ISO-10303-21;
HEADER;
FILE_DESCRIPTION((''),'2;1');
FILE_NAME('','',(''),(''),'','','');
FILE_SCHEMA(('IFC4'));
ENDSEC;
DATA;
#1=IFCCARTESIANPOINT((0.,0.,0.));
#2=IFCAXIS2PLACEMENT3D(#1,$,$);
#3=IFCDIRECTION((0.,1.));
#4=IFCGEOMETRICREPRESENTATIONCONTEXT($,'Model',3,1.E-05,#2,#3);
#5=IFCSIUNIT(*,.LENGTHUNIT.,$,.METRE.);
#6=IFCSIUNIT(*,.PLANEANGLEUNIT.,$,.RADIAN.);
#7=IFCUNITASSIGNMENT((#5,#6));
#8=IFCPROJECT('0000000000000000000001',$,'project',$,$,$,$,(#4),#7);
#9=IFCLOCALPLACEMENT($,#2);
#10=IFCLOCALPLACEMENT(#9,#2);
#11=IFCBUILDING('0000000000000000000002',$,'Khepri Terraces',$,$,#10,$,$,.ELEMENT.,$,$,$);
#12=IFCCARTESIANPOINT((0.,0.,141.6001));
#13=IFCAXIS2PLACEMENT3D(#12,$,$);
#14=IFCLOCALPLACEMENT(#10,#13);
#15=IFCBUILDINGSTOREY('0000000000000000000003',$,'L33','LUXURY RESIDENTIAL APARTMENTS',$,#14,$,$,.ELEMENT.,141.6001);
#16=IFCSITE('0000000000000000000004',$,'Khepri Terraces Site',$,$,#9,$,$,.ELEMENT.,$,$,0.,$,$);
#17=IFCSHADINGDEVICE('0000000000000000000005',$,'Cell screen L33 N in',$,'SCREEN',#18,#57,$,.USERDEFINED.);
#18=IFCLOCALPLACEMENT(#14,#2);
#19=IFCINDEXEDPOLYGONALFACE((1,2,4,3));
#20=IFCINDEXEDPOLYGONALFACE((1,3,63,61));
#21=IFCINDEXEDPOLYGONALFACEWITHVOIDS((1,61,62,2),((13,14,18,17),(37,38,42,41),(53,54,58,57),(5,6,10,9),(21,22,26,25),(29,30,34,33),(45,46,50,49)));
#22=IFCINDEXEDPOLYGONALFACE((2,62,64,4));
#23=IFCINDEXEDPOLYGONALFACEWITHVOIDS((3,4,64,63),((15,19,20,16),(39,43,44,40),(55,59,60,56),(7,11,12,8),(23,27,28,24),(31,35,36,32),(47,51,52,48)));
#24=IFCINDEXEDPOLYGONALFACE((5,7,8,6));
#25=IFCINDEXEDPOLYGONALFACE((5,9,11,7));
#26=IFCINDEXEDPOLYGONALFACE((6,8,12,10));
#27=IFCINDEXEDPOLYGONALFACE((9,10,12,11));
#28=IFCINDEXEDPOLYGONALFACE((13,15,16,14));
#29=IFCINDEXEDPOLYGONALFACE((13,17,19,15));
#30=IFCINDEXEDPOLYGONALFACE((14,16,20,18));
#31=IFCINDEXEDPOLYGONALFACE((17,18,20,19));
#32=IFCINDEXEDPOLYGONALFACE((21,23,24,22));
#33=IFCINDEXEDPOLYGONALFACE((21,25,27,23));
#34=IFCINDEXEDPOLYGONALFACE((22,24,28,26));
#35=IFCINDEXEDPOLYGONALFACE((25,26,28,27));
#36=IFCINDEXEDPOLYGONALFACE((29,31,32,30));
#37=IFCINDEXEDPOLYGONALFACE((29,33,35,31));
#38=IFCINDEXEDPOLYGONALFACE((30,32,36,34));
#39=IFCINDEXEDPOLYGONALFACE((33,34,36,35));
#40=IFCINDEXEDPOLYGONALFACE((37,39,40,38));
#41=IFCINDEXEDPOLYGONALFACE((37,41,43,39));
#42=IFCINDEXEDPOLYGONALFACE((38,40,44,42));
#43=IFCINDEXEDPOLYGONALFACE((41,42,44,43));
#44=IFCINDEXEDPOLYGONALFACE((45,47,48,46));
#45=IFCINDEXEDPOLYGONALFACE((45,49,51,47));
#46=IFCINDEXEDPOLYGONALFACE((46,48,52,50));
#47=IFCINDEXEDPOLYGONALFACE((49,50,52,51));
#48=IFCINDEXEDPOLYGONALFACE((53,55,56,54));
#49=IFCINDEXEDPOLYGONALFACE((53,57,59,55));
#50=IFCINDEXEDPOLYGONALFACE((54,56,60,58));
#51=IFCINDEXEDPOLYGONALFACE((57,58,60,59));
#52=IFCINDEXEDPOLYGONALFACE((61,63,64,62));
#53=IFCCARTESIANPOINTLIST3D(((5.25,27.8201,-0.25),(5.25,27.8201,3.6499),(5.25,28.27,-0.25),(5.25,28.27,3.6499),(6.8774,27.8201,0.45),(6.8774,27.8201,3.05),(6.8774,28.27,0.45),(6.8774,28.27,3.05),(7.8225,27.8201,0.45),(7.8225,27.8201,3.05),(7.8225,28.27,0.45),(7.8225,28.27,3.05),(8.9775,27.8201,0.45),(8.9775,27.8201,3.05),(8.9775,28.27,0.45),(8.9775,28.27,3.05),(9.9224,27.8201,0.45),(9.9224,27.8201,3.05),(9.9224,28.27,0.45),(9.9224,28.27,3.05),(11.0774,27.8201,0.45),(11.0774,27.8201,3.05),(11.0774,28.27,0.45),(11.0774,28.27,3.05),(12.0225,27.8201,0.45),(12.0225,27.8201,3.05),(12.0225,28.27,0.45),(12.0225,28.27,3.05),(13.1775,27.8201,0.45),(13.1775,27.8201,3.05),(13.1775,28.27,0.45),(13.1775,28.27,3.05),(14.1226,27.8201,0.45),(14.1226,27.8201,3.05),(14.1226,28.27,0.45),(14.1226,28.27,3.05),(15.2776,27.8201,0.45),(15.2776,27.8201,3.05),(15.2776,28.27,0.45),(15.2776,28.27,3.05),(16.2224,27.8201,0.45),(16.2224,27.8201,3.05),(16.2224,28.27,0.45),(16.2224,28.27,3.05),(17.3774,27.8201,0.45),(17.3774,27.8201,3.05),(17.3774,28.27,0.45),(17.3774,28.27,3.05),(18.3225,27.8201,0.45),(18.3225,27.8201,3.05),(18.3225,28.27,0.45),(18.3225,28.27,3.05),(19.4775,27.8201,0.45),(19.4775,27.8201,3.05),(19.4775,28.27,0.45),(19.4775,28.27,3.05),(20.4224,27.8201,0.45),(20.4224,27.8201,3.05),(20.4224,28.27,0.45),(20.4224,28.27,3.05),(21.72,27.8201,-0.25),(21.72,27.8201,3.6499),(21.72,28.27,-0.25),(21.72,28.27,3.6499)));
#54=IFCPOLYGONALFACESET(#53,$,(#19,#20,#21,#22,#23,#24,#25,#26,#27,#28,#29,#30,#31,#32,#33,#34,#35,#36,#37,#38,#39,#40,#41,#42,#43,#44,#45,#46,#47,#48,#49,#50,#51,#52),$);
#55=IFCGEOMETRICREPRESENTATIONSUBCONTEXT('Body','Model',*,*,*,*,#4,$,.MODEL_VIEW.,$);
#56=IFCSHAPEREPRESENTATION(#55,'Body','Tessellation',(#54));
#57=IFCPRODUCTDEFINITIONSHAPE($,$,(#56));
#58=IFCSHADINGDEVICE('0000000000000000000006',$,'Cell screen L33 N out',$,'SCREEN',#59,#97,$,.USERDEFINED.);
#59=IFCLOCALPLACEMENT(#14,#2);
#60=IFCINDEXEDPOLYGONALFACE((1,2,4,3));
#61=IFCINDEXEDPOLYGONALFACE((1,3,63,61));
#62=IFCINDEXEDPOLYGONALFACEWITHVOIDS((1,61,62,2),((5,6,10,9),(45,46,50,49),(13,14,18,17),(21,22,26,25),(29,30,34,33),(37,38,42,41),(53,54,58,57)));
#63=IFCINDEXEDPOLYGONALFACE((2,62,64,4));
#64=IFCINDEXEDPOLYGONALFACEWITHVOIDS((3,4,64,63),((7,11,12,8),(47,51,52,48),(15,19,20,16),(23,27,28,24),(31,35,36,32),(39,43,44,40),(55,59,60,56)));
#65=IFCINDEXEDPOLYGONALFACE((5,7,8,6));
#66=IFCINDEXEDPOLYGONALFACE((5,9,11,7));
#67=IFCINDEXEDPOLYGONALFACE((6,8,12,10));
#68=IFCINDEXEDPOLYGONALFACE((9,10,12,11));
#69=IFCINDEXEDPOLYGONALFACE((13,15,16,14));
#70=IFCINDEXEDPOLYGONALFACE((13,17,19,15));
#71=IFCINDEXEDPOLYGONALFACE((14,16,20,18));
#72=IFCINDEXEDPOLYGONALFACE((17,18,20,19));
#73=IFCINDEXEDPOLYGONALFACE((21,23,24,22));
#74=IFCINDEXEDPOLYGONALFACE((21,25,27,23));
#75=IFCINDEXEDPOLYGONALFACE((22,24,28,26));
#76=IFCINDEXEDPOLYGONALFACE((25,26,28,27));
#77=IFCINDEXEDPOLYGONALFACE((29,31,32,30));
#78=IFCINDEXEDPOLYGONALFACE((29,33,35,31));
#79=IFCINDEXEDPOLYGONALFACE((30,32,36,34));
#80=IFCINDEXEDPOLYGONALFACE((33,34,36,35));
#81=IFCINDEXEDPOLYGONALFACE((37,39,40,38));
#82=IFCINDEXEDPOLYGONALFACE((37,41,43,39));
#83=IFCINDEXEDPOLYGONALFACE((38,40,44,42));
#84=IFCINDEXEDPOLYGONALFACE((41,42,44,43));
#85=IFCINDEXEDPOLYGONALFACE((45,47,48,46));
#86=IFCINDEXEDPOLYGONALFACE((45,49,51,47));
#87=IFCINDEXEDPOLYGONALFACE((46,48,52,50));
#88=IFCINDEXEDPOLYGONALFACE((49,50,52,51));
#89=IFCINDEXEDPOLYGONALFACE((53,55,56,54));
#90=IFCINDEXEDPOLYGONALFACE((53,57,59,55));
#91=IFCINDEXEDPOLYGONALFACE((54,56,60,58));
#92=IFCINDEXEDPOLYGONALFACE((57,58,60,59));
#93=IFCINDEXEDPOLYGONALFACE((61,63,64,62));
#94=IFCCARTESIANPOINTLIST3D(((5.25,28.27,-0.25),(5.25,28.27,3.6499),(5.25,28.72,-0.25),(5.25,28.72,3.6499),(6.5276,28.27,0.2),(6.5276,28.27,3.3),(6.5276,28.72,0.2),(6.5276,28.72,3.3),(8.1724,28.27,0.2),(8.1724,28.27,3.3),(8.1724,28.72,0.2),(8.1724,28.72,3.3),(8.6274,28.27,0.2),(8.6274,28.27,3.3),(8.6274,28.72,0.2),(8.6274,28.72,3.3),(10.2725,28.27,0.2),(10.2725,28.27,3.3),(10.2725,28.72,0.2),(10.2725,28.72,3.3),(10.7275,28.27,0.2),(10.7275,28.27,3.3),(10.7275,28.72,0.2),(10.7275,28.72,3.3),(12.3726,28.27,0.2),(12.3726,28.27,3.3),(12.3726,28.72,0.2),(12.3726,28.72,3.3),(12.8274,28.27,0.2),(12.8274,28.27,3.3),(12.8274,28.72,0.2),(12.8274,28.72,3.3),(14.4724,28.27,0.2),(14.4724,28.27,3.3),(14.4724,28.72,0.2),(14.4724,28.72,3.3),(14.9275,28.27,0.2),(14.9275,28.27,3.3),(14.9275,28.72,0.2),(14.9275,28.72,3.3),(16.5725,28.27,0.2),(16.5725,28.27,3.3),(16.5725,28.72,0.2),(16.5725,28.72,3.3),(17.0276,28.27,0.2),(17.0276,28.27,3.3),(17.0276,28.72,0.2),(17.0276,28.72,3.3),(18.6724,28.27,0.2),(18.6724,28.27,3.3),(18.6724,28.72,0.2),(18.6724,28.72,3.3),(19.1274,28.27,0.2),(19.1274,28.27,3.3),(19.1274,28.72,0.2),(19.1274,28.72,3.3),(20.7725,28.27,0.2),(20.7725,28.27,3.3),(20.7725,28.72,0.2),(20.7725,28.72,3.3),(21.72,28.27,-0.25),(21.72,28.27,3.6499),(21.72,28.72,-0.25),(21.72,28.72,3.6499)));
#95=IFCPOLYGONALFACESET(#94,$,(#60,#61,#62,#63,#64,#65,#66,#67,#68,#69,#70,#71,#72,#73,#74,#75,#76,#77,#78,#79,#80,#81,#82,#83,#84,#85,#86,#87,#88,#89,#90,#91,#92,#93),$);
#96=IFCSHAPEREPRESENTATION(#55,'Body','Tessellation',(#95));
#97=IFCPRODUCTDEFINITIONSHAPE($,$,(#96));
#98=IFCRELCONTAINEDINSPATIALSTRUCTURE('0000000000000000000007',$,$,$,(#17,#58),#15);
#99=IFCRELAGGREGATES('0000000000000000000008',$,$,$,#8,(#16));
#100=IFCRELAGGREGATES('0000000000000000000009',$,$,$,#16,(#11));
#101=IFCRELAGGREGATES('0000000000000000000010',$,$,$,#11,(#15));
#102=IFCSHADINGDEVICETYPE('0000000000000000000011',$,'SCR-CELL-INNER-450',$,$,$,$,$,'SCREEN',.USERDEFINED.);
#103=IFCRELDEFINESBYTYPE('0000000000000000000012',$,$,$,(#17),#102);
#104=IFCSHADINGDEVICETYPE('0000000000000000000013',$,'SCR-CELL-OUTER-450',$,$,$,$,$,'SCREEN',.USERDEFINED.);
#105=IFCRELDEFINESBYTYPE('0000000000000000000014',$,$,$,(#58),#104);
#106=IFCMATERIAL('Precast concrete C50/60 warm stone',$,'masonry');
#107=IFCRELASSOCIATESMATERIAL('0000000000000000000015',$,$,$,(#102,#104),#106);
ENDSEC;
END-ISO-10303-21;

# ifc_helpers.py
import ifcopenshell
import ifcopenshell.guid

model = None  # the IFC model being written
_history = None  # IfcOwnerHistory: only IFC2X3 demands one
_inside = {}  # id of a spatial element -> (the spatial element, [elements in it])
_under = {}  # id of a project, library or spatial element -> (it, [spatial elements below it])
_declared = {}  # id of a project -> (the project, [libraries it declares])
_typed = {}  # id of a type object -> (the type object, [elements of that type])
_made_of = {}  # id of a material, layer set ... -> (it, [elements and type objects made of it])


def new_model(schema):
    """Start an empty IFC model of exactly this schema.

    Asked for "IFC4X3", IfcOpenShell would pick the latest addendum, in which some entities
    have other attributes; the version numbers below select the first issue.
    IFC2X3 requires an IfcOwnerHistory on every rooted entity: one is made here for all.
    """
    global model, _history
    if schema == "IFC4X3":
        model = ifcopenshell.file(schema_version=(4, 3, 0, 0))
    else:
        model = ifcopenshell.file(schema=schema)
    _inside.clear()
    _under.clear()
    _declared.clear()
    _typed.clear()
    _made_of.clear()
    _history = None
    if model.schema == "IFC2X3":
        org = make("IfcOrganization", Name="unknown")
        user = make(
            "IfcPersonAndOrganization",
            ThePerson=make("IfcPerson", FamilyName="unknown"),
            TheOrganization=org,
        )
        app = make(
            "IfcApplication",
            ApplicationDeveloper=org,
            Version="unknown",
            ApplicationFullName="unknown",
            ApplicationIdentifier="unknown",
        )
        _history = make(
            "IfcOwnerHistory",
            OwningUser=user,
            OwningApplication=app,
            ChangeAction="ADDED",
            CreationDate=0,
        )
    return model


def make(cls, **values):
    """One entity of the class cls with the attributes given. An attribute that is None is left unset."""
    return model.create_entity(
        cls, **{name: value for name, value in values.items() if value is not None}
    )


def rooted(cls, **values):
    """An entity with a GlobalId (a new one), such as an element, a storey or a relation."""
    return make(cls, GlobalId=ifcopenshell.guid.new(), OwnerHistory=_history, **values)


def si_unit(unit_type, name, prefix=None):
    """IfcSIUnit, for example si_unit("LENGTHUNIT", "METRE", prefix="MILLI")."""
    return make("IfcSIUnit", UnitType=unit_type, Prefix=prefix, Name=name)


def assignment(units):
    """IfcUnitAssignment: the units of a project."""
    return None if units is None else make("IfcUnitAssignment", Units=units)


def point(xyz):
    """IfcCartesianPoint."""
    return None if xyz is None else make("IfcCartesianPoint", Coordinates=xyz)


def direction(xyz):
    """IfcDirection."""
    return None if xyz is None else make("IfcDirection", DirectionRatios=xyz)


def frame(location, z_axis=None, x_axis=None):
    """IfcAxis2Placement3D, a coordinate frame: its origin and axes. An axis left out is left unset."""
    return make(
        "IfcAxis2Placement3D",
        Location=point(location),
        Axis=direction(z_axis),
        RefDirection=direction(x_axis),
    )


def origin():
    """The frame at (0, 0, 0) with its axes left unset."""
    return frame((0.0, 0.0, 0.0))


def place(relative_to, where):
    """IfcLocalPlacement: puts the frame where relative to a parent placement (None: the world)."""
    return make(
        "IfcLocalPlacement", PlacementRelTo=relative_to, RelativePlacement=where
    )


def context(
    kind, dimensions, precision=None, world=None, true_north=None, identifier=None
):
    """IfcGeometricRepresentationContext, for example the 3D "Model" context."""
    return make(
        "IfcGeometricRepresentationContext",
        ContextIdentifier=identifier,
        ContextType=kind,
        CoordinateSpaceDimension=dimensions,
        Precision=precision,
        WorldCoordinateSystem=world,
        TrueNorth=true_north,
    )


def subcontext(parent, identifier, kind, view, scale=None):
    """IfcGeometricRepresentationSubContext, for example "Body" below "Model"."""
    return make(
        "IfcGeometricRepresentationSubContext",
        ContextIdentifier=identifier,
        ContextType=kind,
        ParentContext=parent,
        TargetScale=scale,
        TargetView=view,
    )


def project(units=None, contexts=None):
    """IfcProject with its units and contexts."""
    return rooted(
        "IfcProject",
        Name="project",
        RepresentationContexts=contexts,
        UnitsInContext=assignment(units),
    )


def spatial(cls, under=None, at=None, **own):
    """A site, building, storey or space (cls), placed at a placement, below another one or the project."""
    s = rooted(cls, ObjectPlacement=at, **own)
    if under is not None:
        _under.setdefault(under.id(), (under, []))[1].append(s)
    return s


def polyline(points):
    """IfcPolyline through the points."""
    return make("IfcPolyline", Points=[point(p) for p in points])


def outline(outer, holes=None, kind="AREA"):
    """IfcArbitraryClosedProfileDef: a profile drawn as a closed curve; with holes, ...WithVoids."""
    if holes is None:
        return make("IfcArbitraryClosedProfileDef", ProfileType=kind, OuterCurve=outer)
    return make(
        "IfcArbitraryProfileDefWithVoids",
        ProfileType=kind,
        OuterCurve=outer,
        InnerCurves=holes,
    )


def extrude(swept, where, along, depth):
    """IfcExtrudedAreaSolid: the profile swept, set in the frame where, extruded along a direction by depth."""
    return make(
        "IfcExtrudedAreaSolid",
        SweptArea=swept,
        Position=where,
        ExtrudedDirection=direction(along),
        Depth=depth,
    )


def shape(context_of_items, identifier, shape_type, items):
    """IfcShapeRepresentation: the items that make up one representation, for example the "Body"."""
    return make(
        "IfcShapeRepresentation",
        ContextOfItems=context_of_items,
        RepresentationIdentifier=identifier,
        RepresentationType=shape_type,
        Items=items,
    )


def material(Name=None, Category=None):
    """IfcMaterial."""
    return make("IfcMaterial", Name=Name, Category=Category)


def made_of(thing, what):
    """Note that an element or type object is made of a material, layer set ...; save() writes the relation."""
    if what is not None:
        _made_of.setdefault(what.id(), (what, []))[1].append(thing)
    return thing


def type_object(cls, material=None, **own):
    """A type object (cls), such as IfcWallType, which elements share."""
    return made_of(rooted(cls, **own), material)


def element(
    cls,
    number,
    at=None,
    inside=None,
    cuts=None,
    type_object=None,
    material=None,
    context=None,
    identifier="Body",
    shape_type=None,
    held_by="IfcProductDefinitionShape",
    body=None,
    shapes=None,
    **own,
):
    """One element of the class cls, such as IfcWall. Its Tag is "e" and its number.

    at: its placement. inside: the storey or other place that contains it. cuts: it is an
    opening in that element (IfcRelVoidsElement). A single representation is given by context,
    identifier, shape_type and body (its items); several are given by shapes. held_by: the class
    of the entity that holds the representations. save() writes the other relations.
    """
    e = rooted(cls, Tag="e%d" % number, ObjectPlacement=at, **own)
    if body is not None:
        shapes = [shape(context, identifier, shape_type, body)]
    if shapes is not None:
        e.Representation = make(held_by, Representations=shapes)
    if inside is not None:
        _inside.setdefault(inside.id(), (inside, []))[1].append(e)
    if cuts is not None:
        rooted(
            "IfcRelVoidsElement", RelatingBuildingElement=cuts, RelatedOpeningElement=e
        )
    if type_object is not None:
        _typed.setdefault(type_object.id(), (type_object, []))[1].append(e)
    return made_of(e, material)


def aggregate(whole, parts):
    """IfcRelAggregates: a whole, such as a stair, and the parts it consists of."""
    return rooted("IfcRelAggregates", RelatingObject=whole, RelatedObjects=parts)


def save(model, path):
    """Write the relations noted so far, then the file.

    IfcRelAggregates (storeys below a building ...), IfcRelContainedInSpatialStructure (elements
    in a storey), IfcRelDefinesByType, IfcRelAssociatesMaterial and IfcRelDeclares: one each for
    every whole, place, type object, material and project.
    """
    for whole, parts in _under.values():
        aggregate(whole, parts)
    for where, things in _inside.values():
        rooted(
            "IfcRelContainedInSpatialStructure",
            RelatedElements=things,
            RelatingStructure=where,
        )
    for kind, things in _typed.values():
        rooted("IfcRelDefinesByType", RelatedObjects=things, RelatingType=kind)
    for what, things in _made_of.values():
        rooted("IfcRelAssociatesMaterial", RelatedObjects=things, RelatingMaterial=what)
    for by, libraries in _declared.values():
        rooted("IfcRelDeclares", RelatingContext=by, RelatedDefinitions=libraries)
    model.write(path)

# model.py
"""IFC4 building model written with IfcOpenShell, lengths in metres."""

from ifc_helpers import new_model, si_unit, direction, frame, origin, place, context, subcontext, project, spatial, polyline, outline, extrude, material, type_object, element, save


model = new_model("IFC4")

# Units and contexts
model_context = context("Model", 3, precision=1e-05, world=origin(), true_north=direction((0.0, 1.0)))
body_context = subcontext(model_context, "Body", "Model", "MODEL_VIEW")
ifc_project = project(units=[si_unit("LENGTHUNIT", "METRE"), si_unit("PLANEANGLEUNIT", "RADIAN")], contexts=[model_context])

# Site, building, storey
site_placement = place(None, origin())
site = spatial("IfcSite", under=ifc_project, at=site_placement, Name="Khepri Terraces Site", CompositionType="ELEMENT", RefElevation=0.0)
building_placement = place(site_placement, origin())
building = spatial("IfcBuilding", under=site, at=building_placement, Name="Khepri Terraces", CompositionType="ELEMENT")
storey_placement = place(building_placement, frame((0.0, 0.0, 141.6001)))
storey = spatial("IfcBuildingStorey", under=building, at=storey_placement, Name="L33", Description="LUXURY RESIDENTIAL APARTMENTS", CompositionType="ELEMENT", Elevation=141.6001)

# Shared definitions
ifc_material_1 = material(Name="Precast concrete C50/60 warm stone", Category="masonry")

# Shading devices
shading_device_type_1 = type_object("IfcShadingDeviceType", Name="SCR-CELL-INNER-450", ElementType="SCREEN", PredefinedType="USERDEFINED", material=ifc_material_1)
shading_device_1_placement = place(storey_placement, frame((21.72, 27.8201, -0.25), z_axis=(0.0, 1.0, 0.0), x_axis=(-1.0, 0.0, 0.0)))
element("IfcShadingDevice", 1, at=shading_device_1_placement, inside=storey, type_object=shading_device_type_1, Name="Cell screen L33 N in", ObjectType="SCREEN", PredefinedType="USERDEFINED", context=body_context, shape_type="SweptSolid", body=[
    extrude(outline(polyline([(0.0, 0.0), (16.47, 0.0), (16.47, 3.8999), (0.0, 3.8999), (0.0, 0.0)]), holes=[polyline([(1.2976, 0.7), (2.2424, 0.7), (2.2424, 3.3), (1.2976, 3.3), (1.2976, 0.7)]), polyline([(3.3975, 0.7), (4.3425, 0.7), (4.3425, 3.3), (3.3975, 3.3), (3.3975, 0.7)]), polyline([(5.4976, 0.7), (6.4424, 0.7), (6.4424, 3.3), (5.4976, 3.3), (5.4976, 0.7)]), polyline([(7.5974, 0.7), (8.5425, 0.7), (8.5425, 3.3), (7.5974, 3.3), (7.5974, 0.7)]), polyline([(9.6975, 0.7), (10.6426, 0.7), (10.6426, 3.3), (9.6975, 3.3), (9.6975, 0.7)]), polyline([(11.7976, 0.7), (12.7424, 0.7), (12.7424, 3.3), (11.7976, 3.3), (11.7976, 0.7)]), polyline([(13.8975, 0.7), (14.8425, 0.7), (14.8425, 3.3), (13.8975, 3.3), (13.8975, 0.7)])]), origin(), (0.0, 0.0, 1.0), 0.45),
])
shading_device_type_2 = type_object("IfcShadingDeviceType", Name="SCR-CELL-OUTER-450", ElementType="SCREEN", PredefinedType="USERDEFINED", material=ifc_material_1)
shading_device_2_placement = place(storey_placement, frame((21.72, 28.27, -0.25), z_axis=(0.0, 1.0, 0.0), x_axis=(-1.0, 0.0, 0.0)))
element("IfcShadingDevice", 2, at=shading_device_2_placement, inside=storey, type_object=shading_device_type_2, Name="Cell screen L33 N out", ObjectType="SCREEN", PredefinedType="USERDEFINED", context=body_context, shape_type="SweptSolid", body=[
    extrude(outline(polyline([(0.0, 0.0), (16.47, 0.0), (16.47, 3.8999), (0.0, 3.8999), (0.0, 0.0)]), holes=[polyline([(0.9475, 0.45), (2.5925, 0.45), (2.5925, 3.55), (0.9475, 3.55), (0.9475, 0.45)]), polyline([(3.0476, 0.45), (4.6924, 0.45), (4.6924, 3.55), (3.0476, 3.55), (3.0476, 0.45)]), polyline([(5.1475, 0.45), (6.7925, 0.45), (6.7925, 3.55), (5.1475, 3.55), (5.1475, 0.45)]), polyline([(7.2476, 0.45), (8.8926, 0.45), (8.8926, 3.55), (7.2476, 3.55), (7.2476, 0.45)]), polyline([(9.3474, 0.45), (10.9924, 0.45), (10.9924, 3.55), (9.3474, 3.55), (9.3474, 0.45)]), polyline([(11.4475, 0.45), (13.0925, 0.45), (13.0925, 3.55), (11.4475, 3.55), (11.4475, 0.45)]), polyline([(13.5476, 0.45), (15.1924, 0.45), (15.1924, 3.55), (13.5476, 3.55), (13.5476, 0.45)])]), origin(), (0.0, 0.0, 1.0), 0.45),
])

save(model, "model.ifc")
